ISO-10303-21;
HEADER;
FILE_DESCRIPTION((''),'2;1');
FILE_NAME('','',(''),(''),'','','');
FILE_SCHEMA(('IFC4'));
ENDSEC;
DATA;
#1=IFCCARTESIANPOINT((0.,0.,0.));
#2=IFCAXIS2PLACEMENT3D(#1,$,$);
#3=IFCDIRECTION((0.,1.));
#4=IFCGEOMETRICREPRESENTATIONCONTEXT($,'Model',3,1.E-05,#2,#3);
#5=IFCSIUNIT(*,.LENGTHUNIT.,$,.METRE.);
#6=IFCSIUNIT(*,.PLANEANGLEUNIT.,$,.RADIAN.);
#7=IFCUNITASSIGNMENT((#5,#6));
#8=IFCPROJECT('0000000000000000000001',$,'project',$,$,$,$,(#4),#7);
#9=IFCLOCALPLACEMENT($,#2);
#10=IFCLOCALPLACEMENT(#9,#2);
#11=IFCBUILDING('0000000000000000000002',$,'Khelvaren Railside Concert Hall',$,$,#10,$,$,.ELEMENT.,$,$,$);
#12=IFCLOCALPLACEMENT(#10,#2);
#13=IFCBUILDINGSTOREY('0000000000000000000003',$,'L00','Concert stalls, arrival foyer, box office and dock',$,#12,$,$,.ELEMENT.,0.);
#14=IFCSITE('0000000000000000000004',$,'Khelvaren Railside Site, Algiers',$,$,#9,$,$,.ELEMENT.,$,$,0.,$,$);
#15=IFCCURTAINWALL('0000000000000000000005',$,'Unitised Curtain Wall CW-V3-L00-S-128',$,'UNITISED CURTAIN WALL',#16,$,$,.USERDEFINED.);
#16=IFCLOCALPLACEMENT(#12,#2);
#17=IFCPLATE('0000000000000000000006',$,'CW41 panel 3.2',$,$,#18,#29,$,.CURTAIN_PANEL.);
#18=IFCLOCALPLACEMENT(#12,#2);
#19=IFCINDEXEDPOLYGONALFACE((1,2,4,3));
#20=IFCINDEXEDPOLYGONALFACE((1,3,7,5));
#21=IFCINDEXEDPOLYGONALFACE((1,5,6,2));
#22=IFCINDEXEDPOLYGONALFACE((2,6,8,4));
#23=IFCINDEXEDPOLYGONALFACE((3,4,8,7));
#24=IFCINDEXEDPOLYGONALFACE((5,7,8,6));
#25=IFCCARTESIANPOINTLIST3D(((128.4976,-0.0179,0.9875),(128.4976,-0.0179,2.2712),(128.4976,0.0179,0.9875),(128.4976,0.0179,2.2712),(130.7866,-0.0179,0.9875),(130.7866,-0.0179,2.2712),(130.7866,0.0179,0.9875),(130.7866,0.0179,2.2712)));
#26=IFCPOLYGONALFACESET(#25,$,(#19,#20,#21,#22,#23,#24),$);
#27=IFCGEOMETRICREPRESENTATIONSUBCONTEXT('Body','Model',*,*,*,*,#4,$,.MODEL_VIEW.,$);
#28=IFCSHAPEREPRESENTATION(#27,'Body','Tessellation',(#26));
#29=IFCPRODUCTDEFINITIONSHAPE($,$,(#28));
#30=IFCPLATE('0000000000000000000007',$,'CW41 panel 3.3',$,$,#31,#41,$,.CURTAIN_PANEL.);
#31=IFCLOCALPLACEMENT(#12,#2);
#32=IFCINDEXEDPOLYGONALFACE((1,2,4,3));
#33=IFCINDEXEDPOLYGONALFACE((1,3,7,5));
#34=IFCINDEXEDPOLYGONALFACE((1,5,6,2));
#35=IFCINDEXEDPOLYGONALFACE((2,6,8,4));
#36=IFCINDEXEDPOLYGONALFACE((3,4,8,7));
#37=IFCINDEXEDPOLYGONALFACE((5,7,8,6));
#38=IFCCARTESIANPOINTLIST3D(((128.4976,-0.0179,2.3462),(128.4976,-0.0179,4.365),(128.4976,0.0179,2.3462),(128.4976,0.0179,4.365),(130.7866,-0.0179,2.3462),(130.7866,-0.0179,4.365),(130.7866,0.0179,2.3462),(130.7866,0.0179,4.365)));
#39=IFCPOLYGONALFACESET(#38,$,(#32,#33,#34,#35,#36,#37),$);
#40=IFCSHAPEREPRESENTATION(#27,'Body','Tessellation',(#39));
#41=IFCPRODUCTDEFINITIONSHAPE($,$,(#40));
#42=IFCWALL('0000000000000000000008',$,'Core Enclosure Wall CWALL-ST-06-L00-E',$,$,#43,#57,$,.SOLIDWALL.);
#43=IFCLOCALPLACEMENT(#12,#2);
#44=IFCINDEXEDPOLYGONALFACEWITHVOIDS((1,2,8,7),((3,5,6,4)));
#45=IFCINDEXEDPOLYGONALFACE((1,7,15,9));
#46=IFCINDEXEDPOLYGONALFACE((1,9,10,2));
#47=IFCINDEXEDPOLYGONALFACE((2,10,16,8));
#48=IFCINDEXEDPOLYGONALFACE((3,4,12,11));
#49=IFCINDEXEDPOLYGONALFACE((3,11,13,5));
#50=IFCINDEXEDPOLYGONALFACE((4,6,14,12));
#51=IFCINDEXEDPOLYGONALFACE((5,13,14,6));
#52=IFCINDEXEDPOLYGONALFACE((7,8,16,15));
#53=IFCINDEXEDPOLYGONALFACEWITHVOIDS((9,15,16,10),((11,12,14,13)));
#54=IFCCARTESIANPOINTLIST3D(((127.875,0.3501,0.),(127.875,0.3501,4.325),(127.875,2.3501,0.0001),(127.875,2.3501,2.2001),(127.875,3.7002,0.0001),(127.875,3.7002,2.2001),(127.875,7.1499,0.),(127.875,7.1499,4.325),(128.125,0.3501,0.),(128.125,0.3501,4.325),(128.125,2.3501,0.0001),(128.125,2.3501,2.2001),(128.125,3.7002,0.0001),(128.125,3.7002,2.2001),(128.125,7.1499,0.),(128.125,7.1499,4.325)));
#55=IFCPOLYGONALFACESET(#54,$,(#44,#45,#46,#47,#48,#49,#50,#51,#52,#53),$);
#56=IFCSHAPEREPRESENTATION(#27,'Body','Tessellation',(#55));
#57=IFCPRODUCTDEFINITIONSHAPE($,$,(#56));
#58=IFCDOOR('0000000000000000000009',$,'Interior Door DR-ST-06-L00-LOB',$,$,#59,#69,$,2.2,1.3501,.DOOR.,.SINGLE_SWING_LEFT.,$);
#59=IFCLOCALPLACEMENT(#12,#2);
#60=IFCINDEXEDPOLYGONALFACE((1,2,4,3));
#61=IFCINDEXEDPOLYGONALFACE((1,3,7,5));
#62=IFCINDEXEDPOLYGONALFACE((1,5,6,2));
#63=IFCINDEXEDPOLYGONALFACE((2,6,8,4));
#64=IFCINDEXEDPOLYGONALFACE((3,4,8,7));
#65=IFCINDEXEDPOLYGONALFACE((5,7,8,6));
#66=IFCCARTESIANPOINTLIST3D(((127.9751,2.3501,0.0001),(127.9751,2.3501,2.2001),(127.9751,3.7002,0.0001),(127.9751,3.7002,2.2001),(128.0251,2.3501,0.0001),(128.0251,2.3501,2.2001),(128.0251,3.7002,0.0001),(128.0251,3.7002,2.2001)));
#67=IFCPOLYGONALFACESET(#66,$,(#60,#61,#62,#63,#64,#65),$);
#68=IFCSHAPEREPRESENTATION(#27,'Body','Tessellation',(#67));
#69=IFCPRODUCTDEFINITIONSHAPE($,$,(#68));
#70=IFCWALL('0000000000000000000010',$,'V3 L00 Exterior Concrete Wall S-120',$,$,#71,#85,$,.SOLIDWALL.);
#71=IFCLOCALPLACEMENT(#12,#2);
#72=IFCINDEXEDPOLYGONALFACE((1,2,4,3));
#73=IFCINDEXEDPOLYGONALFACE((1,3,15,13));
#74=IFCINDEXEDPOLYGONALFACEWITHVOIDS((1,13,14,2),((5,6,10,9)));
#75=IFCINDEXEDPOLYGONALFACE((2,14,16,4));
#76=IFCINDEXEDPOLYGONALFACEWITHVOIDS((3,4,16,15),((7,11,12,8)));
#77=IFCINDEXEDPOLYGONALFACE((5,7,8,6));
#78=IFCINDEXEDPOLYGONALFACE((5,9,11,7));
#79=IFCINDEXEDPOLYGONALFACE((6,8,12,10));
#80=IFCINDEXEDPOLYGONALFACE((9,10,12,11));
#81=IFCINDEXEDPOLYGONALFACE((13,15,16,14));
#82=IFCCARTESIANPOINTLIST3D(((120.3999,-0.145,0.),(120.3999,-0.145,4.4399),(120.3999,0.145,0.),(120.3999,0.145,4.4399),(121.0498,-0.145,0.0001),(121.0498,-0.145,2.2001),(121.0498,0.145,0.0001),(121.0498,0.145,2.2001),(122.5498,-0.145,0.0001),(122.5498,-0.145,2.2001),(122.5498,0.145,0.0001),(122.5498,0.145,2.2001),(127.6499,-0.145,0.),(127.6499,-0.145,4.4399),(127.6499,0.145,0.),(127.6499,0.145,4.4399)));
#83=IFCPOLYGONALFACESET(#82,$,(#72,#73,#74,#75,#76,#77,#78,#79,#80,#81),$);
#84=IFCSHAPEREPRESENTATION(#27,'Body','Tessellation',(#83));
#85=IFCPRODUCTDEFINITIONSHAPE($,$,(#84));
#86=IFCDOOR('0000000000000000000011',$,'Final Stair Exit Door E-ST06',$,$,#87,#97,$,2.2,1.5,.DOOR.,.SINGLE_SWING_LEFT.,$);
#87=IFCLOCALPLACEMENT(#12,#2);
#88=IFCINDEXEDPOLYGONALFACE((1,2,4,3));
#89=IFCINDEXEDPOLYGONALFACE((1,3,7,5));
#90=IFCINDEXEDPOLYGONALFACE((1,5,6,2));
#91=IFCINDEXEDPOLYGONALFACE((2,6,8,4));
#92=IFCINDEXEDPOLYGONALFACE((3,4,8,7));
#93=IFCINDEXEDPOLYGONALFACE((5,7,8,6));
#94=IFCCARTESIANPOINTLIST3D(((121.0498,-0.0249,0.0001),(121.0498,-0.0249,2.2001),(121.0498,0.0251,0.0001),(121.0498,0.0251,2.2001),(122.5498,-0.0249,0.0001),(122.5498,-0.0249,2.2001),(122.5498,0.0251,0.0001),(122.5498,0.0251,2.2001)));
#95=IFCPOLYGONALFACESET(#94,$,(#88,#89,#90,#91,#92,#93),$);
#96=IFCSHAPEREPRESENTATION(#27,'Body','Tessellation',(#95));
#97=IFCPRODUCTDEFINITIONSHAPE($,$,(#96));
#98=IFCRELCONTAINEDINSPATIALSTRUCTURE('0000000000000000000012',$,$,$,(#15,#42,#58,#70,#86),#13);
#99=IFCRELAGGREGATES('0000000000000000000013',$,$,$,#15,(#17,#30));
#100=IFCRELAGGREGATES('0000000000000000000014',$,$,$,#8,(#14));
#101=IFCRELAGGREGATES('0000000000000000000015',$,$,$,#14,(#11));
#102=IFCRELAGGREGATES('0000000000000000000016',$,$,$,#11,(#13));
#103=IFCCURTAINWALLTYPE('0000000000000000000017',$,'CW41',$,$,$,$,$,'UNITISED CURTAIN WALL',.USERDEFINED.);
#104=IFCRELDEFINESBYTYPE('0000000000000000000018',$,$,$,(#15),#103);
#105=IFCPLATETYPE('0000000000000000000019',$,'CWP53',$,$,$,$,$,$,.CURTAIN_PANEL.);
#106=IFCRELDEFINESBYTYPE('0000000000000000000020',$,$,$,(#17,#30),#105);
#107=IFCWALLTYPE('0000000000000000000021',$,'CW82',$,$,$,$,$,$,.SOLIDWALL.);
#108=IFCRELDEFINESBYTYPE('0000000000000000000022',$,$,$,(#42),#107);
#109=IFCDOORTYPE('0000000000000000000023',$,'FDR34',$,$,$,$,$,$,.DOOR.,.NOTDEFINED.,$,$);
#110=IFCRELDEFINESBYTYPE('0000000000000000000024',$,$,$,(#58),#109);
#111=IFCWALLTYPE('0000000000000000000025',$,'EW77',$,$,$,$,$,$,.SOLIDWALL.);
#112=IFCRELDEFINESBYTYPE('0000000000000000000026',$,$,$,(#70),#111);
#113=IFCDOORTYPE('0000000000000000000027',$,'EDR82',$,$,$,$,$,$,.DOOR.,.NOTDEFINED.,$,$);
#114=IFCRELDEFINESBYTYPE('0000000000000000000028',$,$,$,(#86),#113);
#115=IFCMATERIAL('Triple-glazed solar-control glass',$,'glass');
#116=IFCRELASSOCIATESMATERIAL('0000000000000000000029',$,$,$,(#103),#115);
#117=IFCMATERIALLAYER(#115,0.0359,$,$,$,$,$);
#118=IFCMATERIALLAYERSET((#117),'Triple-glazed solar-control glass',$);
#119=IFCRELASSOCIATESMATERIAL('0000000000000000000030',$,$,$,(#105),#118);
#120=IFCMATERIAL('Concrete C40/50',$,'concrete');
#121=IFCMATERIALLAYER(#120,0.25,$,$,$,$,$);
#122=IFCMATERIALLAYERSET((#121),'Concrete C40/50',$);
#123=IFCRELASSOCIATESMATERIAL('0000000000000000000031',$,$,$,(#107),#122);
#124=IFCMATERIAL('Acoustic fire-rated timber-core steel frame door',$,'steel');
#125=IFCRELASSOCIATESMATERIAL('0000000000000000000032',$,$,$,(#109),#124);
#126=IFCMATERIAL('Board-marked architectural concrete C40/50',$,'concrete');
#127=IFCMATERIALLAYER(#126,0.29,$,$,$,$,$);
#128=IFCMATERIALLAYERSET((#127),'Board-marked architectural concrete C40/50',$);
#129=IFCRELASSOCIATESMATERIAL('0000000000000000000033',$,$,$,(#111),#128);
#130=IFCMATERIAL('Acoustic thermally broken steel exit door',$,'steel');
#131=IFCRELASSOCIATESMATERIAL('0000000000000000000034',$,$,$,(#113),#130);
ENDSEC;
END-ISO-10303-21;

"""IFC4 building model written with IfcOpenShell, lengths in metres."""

from ifc_helpers import new_model, si_unit, direction, frame, frame_2d, origin, origin_2d, place, context, subcontext, project, spatial, rectangle, extrude, material, layer, layer_set, type_object, element, fill, aggregate, save


model = new_model("IFC4")

# Units and contexts
model_context = context("Model", 3, precision=1e-05, world=origin(), true_north=direction((0.0, 1.0)))
body_context = subcontext(model_context, "Body", "Model", "MODEL_VIEW")
ifc_project = project(units=[si_unit("LENGTHUNIT", "METRE"), si_unit("PLANEANGLEUNIT", "RADIAN")], contexts=[model_context])

# Site, building, storey
site_placement = place(None, origin())
site = spatial("IfcSite", under=ifc_project, at=site_placement, Name="Khelvaren Railside Site, Algiers", CompositionType="ELEMENT", RefElevation=0.0)
building_placement = place(site_placement, origin())
building = spatial("IfcBuilding", under=site, at=building_placement, Name="Khelvaren Railside Concert Hall", CompositionType="ELEMENT")
storey_placement = place(building_placement, origin())
storey = spatial("IfcBuildingStorey", under=building, at=storey_placement, Name="L00", Description="Concert stalls, arrival foyer, box office and dock", CompositionType="ELEMENT", Elevation=0.0)

# Curtain wall
ifc_material_1 = material(Name="Triple-glazed solar-control glass", Category="glass")
curtain_wall_type = type_object("IfcCurtainWallType", Name="CW41", ElementType="UNITISED CURTAIN WALL", PredefinedType="USERDEFINED", material=ifc_material_1)
curtain_wall_placement = place(storey_placement, origin())
curtain_wall = element("IfcCurtainWall", 1, at=curtain_wall_placement, inside=storey, type_object=curtain_wall_type, Name="Unitised Curtain Wall CW-V3-L00-S-128", ObjectType="UNITISED CURTAIN WALL", PredefinedType="USERDEFINED")

# Plates
ifc_layer_1 = layer(ifc_material_1, 0.0359)
ifc_layer_set_1 = layer_set([ifc_layer_1], Name="Triple-glazed solar-control glass")
plate_type = type_object("IfcPlateType", Name="CWP53", PredefinedType="CURTAIN_PANEL", material=ifc_layer_set_1)
plate_1_placement = place(storey_placement, frame((129.6421, 0.0, 0.9875), z_axis=(0.0, 0.0, 1.0), x_axis=(-1.0, 0.0, 0.0)))
plate_1 = element("IfcPlate", 2, at=plate_1_placement, type_object=plate_type, Name="CW41 panel 3.2", PredefinedType="CURTAIN_PANEL", context=body_context, shape_type="SweptSolid", body=[
    extrude(rectangle(XDim=2.2891, YDim=0.0359, at=origin_2d()), origin(), (0.0, 0.0, 1.0), 1.2837),
])
plate_2_placement = place(storey_placement, frame((129.6421, 0.0, 2.3462), z_axis=(0.0, 0.0, 1.0), x_axis=(-1.0, 0.0, 0.0)))
plate_2 = element("IfcPlate", 3, at=plate_2_placement, type_object=plate_type, Name="CW41 panel 3.3", PredefinedType="CURTAIN_PANEL", context=body_context, shape_type="SweptSolid", body=[
    extrude(rectangle(XDim=2.2891, YDim=0.0359, at=origin_2d()), origin(), (0.0, 0.0, 1.0), 2.0188),
])
aggregate(curtain_wall, [plate_1, plate_2])

# Walls, openings, doors
ifc_material_2 = material(Name="Concrete C40/50", Category="concrete")
ifc_layer_2 = layer(ifc_material_2, 0.25)
ifc_layer_set_2 = layer_set([ifc_layer_2], Name="Concrete C40/50")
wall_type_1 = type_object("IfcWallType", Name="CW82", PredefinedType="SOLIDWALL", material=ifc_layer_set_2)
wall_1_placement = place(storey_placement, frame((128.0, 0.3501, 0.0), z_axis=(0.0, 0.0, 1.0), x_axis=(0.0, 1.0, 0.0)))
wall_1 = element("IfcWall", 4, at=wall_1_placement, inside=storey, type_object=wall_type_1, Name="Core Enclosure Wall CWALL-ST-06-L00-E", PredefinedType="SOLIDWALL", context=body_context, shape_type="SweptSolid", body=[
    extrude(rectangle(XDim=6.7998, YDim=0.25, at=frame_2d((3.3999, 0.0))), origin(), (0.0, 0.0, 1.0), 4.325),
])
opening_1_placement = place(wall_1_placement, frame((2.0, 0.0, 0.0)))
opening_1 = element("IfcOpeningElement", 5, at=opening_1_placement, cuts=wall_1, PredefinedType="OPENING", context=body_context, shape_type="SweptSolid", body=[
    extrude(rectangle(XDim=1.3501, YDim=2.2, at=frame_2d((0.675, 1.1001))), frame((0.0, 0.135, 0.0), z_axis=(0.0, -1.0, 0.0), x_axis=(1.0, 0.0, 0.0)), (0.0, 0.0, 1.0), 0.27),
])
ifc_material_3 = material(Name="Acoustic fire-rated timber-core steel frame door", Category="steel")
door_type_1 = type_object("IfcDoorType", Name="FDR34", OperationType="NOTDEFINED", PredefinedType="DOOR", material=ifc_material_3)
door_1_placement = place(opening_1_placement, origin())
door_1 = element("IfcDoor", 6, at=door_1_placement, inside=storey, type_object=door_type_1, Name="Interior Door DR-ST-06-L00-LOB", OperationType="SINGLE_SWING_LEFT", OverallHeight=2.2, OverallWidth=1.3501, PredefinedType="DOOR", context=body_context, shape_type="SweptSolid", body=[
    extrude(rectangle(XDim=1.3501, YDim=2.2, at=frame_2d((0.675, 1.1001))), frame((0.0, 0.0249, 0.0), z_axis=(0.0, -1.0, 0.0), x_axis=(1.0, 0.0, 0.0)), (0.0, 0.0, 1.0), 0.05),
])
fill(opening_1, door_1)
ifc_material_4 = material(Name="Board-marked architectural concrete C40/50", Category="concrete")
ifc_layer_3 = layer(ifc_material_4, 0.29)
ifc_layer_set_3 = layer_set([ifc_layer_3], Name="Board-marked architectural concrete C40/50")
wall_type_2 = type_object("IfcWallType", Name="EW77", PredefinedType="SOLIDWALL", material=ifc_layer_set_3)
wall_2_placement = place(storey_placement, frame((127.6499, 0.0, 0.0), z_axis=(0.0, 0.0, 1.0), x_axis=(-1.0, 0.0, 0.0)))
wall_2 = element("IfcWall", 7, at=wall_2_placement, inside=storey, type_object=wall_type_2, Name="V3 L00 Exterior Concrete Wall S-120", PredefinedType="SOLIDWALL", context=body_context, shape_type="SweptSolid", body=[
    extrude(rectangle(XDim=7.25, YDim=0.29, at=frame_2d((3.625, 0.0))), origin(), (0.0, 0.0, 1.0), 4.4399),
])
opening_2_placement = place(wall_2_placement, frame((5.1001, 0.0, 0.0)))
opening_2 = element("IfcOpeningElement", 8, at=opening_2_placement, cuts=wall_2, PredefinedType="OPENING", context=body_context, shape_type="SweptSolid", body=[
    extrude(rectangle(XDim=1.5, YDim=2.2, at=frame_2d((0.75, 1.1001))), frame((0.0, 0.155, 0.0), z_axis=(0.0, -1.0, 0.0), x_axis=(1.0, 0.0, 0.0)), (0.0, 0.0, 1.0), 0.3101),
])
ifc_material_5 = material(Name="Acoustic thermally broken steel exit door", Category="steel")
door_type_2 = type_object("IfcDoorType", Name="EDR82", OperationType="NOTDEFINED", PredefinedType="DOOR", material=ifc_material_5)
door_2_placement = place(opening_2_placement, origin())
door_2 = element("IfcDoor", 9, at=door_2_placement, inside=storey, type_object=door_type_2, Name="Final Stair Exit Door E-ST06", OperationType="SINGLE_SWING_LEFT", OverallHeight=2.2, OverallWidth=1.5, PredefinedType="DOOR", context=body_context, shape_type="SweptSolid", body=[
    extrude(rectangle(XDim=1.5, YDim=2.2, at=frame_2d((0.75, 1.1001))), frame((0.0, 0.0249, 0.0), z_axis=(0.0, -1.0, 0.0), x_axis=(1.0, 0.0, 0.0)), (0.0, 0.0, 1.0), 0.05),
])
fill(opening_2, door_2)

save(model, "model.ifc")
